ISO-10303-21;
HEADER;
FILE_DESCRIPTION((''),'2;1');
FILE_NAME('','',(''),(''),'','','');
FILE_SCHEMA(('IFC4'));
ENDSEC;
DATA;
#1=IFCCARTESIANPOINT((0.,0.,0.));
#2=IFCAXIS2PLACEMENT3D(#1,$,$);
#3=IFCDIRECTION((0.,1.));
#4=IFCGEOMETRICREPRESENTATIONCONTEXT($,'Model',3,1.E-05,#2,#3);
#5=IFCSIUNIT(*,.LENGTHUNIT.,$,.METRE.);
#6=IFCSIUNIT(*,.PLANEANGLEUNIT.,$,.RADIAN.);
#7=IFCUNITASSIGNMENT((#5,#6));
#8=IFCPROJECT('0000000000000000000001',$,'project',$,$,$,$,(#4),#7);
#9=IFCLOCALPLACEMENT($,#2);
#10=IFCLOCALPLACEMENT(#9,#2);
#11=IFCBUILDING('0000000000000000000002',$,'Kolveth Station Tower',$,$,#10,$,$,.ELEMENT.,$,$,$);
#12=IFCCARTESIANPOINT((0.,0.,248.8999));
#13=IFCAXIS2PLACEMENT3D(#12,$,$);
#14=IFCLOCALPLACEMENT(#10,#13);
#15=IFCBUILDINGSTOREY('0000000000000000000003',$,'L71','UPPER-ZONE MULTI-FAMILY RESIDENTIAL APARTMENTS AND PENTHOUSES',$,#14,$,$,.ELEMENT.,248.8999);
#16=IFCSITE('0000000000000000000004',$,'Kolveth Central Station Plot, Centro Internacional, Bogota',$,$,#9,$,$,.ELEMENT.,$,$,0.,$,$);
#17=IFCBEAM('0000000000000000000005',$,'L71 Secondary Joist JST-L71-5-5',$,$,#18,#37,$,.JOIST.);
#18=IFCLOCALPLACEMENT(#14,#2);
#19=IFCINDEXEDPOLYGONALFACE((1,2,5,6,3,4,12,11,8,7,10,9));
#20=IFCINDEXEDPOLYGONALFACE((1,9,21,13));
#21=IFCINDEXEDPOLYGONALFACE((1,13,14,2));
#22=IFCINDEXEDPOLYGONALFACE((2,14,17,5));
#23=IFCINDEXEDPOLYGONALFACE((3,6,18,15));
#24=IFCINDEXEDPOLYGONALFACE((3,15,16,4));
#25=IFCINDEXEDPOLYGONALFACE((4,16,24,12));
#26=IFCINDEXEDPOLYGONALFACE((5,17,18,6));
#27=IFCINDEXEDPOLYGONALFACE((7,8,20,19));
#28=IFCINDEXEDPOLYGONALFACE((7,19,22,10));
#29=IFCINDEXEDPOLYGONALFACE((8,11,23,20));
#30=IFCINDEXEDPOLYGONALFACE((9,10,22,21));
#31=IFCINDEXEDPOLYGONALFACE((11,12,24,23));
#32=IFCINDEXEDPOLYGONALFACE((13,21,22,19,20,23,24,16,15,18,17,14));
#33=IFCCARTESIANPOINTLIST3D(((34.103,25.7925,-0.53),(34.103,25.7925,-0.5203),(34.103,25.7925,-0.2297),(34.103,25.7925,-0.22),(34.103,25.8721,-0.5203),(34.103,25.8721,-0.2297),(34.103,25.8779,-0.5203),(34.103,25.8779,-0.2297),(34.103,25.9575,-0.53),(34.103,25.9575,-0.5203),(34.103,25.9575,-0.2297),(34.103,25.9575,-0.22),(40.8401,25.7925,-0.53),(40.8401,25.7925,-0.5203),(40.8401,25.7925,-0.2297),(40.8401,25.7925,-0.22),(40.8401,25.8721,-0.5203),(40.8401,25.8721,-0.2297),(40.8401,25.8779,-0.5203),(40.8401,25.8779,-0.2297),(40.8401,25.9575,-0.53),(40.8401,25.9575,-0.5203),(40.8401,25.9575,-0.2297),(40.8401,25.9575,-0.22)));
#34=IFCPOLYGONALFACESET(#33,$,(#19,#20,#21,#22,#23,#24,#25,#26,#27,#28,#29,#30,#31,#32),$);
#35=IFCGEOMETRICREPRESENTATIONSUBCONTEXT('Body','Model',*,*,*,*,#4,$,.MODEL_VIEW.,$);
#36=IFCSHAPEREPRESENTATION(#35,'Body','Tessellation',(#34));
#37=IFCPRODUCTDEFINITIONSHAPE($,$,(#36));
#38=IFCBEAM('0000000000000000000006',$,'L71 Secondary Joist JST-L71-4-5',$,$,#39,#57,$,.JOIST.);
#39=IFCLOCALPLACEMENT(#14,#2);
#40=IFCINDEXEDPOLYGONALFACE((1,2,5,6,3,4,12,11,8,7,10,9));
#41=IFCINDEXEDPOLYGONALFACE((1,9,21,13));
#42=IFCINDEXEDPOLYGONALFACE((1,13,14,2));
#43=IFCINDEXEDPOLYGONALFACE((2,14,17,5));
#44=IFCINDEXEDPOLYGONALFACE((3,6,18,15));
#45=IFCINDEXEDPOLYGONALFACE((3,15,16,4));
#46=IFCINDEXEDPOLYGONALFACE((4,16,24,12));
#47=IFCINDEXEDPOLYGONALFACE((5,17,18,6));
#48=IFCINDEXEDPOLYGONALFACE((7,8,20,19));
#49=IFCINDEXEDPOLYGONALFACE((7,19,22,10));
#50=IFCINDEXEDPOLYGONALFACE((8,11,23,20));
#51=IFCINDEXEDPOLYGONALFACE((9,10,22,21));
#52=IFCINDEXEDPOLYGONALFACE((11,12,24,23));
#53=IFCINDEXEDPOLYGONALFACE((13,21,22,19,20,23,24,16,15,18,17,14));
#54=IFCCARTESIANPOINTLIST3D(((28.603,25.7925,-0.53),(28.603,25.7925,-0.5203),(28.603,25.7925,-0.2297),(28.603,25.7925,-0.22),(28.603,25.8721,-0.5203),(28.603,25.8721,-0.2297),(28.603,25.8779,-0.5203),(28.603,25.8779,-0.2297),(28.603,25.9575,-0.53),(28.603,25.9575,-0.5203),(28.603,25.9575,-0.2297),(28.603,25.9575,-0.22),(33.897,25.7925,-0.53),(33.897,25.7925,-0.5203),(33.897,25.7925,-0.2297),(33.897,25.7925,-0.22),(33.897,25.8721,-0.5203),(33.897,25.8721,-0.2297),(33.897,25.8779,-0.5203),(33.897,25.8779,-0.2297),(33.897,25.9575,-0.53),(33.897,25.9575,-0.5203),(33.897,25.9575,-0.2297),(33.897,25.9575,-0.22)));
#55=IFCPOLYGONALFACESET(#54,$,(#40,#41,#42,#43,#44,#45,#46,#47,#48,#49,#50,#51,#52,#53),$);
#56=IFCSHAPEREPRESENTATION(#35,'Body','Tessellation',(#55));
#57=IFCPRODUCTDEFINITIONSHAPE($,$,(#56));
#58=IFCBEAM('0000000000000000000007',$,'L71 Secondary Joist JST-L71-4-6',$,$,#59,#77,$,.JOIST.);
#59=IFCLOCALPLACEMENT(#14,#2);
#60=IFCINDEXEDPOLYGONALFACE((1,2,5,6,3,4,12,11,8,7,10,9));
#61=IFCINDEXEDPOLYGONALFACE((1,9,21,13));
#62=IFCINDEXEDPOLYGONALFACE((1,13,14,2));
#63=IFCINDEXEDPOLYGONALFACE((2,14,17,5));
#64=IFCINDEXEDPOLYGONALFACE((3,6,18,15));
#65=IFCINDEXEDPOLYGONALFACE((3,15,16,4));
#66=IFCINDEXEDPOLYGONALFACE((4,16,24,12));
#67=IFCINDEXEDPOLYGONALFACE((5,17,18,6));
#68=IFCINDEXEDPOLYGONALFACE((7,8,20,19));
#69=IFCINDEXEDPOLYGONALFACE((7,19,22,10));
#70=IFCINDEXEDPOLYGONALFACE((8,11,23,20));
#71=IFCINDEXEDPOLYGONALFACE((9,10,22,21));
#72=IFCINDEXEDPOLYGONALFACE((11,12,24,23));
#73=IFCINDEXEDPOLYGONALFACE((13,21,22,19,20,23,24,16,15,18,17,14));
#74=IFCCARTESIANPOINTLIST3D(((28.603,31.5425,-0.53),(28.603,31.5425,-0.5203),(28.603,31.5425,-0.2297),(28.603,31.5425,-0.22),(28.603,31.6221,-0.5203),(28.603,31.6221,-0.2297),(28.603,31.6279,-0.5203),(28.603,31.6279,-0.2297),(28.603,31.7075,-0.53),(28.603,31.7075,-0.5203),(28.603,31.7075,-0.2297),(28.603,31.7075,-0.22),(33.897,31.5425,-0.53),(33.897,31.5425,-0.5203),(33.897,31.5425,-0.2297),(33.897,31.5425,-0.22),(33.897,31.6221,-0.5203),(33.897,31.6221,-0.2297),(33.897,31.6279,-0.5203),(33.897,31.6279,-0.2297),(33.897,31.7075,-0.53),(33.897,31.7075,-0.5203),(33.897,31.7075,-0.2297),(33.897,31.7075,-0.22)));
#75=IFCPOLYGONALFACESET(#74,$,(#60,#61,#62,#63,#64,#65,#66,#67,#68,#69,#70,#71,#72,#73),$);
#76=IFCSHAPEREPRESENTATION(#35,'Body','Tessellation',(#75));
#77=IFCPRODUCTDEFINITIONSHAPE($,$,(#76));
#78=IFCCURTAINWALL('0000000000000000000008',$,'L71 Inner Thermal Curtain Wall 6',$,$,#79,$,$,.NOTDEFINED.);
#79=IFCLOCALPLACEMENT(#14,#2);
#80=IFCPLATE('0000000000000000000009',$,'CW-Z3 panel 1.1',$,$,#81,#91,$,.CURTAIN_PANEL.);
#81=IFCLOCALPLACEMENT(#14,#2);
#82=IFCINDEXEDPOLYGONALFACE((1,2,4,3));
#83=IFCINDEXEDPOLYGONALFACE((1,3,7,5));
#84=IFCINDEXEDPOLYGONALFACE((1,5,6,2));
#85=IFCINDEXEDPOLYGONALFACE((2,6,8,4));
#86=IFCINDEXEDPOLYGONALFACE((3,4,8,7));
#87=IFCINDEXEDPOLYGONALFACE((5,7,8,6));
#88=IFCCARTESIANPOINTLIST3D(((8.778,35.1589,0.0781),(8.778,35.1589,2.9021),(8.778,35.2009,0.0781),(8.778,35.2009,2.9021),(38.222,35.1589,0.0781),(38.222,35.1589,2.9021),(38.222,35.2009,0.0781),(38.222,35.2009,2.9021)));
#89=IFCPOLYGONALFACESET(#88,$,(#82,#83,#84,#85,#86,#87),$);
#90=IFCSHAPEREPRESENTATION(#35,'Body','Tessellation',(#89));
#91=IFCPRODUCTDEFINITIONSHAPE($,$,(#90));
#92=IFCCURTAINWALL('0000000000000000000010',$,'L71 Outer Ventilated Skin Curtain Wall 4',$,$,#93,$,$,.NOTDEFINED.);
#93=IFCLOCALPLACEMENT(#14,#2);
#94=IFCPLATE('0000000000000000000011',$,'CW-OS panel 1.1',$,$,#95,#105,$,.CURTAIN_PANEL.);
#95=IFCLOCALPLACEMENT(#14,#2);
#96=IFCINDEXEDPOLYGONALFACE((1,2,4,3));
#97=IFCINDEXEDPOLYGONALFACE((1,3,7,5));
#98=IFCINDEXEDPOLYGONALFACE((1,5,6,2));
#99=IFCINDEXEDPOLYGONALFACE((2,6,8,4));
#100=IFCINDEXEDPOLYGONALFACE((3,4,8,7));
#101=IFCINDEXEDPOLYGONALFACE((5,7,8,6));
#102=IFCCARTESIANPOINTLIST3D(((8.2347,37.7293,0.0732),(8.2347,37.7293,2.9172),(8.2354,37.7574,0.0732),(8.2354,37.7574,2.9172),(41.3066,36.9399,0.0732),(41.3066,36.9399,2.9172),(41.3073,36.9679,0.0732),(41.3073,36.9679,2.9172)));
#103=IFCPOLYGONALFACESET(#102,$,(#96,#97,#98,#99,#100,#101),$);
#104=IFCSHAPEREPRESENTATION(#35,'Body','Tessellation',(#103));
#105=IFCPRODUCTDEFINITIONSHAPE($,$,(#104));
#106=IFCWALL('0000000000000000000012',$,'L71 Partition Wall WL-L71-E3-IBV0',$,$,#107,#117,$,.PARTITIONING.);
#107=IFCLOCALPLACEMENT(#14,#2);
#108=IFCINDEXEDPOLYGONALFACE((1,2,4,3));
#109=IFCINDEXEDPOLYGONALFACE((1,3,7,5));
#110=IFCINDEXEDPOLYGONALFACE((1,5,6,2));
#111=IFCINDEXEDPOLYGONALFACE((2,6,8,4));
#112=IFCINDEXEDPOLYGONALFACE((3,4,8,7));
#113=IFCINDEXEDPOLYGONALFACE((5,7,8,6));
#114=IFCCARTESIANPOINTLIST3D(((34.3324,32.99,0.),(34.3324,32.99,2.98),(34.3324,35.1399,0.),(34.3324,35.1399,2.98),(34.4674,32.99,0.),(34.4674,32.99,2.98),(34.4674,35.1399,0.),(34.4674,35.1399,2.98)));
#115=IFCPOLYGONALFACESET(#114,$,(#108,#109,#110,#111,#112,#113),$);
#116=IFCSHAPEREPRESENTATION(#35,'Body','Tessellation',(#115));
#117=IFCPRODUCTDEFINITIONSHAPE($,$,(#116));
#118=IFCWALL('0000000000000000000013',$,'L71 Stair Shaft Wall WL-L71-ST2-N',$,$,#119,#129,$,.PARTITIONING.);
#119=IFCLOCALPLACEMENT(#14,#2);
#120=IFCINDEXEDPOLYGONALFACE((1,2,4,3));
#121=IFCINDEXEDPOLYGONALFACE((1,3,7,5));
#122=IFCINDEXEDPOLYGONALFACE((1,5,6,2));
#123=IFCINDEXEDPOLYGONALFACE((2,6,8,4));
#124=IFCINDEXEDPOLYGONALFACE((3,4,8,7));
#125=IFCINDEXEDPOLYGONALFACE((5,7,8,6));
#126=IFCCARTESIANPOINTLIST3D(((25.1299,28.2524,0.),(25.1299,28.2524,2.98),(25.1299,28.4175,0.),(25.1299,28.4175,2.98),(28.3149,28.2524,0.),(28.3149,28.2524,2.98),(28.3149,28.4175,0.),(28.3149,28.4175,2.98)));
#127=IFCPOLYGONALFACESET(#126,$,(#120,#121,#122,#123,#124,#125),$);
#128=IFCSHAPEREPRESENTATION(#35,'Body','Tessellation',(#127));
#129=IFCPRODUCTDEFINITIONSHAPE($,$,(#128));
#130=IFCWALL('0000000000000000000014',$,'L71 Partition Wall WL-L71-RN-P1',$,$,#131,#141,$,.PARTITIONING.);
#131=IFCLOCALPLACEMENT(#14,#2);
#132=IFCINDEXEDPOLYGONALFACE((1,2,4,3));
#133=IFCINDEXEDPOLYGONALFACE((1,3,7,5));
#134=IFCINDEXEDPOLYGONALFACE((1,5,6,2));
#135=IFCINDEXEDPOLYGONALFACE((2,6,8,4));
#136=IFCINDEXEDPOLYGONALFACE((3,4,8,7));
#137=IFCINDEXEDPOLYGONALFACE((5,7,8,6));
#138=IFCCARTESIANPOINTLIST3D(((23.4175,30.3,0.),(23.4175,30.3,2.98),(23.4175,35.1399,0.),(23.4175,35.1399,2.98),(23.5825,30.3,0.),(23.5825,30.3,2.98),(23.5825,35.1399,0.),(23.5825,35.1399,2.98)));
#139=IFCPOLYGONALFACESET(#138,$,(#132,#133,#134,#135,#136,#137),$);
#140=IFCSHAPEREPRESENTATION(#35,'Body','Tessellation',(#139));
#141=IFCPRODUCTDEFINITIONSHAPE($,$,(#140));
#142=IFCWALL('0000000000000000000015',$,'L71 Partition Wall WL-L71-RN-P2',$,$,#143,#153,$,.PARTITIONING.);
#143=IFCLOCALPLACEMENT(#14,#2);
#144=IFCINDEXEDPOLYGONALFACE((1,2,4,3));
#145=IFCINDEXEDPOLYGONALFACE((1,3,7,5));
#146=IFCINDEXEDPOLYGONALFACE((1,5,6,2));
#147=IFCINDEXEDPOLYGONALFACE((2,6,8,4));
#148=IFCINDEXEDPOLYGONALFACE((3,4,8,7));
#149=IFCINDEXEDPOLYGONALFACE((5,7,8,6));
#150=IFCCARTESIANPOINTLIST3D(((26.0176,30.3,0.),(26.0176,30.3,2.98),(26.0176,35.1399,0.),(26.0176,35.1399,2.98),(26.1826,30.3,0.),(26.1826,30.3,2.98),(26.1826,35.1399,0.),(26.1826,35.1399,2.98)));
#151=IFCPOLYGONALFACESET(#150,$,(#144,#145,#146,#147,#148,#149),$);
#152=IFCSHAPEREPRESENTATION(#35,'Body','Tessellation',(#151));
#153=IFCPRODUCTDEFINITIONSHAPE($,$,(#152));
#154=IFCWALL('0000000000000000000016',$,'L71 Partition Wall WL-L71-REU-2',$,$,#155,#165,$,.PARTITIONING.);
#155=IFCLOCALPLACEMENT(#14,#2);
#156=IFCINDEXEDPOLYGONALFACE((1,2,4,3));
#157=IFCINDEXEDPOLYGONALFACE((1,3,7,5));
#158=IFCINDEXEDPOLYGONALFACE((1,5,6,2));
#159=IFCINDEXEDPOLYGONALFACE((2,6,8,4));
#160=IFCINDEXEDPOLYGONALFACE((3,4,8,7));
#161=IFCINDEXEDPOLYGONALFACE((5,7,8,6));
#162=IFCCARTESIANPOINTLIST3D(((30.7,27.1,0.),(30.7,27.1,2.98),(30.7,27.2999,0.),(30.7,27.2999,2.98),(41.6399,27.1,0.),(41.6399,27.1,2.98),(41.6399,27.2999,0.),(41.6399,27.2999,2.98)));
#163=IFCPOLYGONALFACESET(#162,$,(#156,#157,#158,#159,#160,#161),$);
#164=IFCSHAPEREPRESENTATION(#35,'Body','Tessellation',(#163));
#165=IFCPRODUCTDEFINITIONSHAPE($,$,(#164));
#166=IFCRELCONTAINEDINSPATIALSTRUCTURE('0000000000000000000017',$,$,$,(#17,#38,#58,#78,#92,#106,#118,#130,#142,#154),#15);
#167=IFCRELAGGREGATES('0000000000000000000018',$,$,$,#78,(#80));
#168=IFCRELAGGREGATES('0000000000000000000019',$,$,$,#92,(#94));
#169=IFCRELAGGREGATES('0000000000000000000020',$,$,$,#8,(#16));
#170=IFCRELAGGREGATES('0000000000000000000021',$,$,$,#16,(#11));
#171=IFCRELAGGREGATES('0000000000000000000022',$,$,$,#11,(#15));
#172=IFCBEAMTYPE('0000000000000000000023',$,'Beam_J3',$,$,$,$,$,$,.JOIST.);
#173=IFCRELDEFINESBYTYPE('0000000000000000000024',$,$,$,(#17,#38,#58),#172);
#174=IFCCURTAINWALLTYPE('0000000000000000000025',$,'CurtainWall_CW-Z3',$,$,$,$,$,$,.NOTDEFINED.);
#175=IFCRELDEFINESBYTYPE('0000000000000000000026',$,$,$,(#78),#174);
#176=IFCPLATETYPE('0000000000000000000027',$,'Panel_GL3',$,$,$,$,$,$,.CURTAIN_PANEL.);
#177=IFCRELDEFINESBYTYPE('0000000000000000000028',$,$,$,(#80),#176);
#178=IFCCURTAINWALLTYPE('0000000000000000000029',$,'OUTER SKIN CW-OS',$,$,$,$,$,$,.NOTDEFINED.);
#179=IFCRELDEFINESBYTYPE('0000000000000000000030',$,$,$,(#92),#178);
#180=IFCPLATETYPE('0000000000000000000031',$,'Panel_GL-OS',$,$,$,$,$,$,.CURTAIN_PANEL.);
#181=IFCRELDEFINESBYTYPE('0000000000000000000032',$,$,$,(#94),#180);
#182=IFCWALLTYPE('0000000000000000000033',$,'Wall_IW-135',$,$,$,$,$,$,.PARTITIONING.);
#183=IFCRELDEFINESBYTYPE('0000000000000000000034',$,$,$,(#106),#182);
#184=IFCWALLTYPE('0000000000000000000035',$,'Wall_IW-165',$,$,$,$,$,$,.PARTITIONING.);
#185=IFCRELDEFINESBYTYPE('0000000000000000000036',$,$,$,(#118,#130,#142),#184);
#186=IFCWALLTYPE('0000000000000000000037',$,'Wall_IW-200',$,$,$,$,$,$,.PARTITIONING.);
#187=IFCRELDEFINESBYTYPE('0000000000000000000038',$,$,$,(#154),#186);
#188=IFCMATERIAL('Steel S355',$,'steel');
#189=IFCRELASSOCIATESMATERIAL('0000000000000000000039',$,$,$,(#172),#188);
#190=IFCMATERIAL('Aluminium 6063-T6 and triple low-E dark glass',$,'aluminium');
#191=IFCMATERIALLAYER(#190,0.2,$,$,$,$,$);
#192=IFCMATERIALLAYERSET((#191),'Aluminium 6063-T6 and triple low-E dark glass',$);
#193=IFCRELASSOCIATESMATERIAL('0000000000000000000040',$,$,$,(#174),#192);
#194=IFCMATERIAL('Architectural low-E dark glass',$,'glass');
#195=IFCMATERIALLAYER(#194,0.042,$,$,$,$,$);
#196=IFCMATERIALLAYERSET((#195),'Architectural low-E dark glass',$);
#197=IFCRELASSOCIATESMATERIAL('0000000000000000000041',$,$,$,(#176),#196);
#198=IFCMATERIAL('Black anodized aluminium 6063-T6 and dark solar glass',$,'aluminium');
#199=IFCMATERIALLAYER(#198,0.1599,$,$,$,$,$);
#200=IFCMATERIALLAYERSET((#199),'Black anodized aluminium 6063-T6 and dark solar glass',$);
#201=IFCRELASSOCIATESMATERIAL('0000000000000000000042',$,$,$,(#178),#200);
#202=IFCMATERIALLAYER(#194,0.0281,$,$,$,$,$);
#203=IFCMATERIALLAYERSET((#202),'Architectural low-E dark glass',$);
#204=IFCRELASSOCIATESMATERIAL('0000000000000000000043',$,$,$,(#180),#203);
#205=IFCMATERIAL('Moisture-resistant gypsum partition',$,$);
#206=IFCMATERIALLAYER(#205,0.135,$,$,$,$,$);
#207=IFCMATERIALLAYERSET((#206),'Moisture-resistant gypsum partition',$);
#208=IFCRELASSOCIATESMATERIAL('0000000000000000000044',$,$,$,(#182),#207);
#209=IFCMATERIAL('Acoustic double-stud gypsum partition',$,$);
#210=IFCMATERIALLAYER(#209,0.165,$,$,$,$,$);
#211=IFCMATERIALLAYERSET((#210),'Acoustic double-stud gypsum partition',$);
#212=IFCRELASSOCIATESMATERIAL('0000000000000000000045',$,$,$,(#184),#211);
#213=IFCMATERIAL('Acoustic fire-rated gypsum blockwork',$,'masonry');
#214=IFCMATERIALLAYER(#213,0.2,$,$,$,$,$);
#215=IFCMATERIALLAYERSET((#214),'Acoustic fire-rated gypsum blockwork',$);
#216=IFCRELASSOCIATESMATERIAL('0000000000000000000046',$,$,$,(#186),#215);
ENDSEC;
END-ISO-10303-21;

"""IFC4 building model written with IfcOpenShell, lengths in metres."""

from ifc_helpers import new_model, si_unit, direction, frame, frame_2d, origin, origin_2d, place, context, subcontext, project, spatial, rectangle, i_section, extrude, source, transform, mapped, material, layer, layer_set, material_profile, profile_set, type_object, element, aggregate, save


model = new_model("IFC4")

# Units and contexts
model_context = context("Model", 3, precision=1e-05, world=origin(), true_north=direction((0.0, 1.0)))
body_context = subcontext(model_context, "Body", "Model", "MODEL_VIEW")
ifc_project = project(units=[si_unit("LENGTHUNIT", "METRE"), si_unit("PLANEANGLEUNIT", "RADIAN")], contexts=[model_context])

# Site, building, storey
site_placement = place(None, origin())
site = spatial("IfcSite", under=ifc_project, at=site_placement, Name="Kolveth Central Station Plot, Centro Internacional, Bogota", CompositionType="ELEMENT", RefElevation=0.0)
building_placement = place(site_placement, origin())
building = spatial("IfcBuilding", under=site, at=building_placement, Name="Kolveth Station Tower", CompositionType="ELEMENT")
storey_placement = place(building_placement, frame((0.0, 0.0, 248.8999)))
storey = spatial("IfcBuildingStorey", under=building, at=storey_placement, Name="L71", Description="UPPER-ZONE MULTI-FAMILY RESIDENTIAL APARTMENTS AND PENTHOUSES", CompositionType="ELEMENT", Elevation=248.8999)

# Shared definitions
ifc_material_1 = material(Name="Steel S355", Category="steel")

# Beams
ifc_material_profile_1 = material_profile(ifc_material_1, i_section(OverallWidth=0.165, OverallDepth=0.3101, WebThickness=0.0059, FlangeThickness=0.0098, at=origin_2d()), Name="W310x39")
ifc_profile_set_1 = profile_set([ifc_material_profile_1], Name="Steel S355")
beam_type_1 = type_object("IfcBeamType", Name="Beam_J3", PredefinedType="JOIST", material=ifc_profile_set_1)
shared_shape_1 = source(origin(), body_context, "Body", "SweptSolid", [
    extrude(i_section(OverallWidth=0.165, OverallDepth=0.3101, WebThickness=0.0059, FlangeThickness=0.0098, at=origin_2d()), origin(), (0.0, 0.0, 1.0), 6.7371),
])
beam_1_placement = place(storey_placement, frame((34.103, 25.875, -0.375), z_axis=(1.0, 0.0, 0.0), x_axis=(0.0, 1.0, 0.0)))
element("IfcBeam", 1, at=beam_1_placement, inside=storey, type_object=beam_type_1, Name="L71 Secondary Joist JST-L71-5-5", PredefinedType="JOIST", context=body_context, shape_type="MappedRepresentation", body=[
    mapped(shared_shape_1, transform((0.0, 0.0, 0.0), x_axis=(1.0, 0.0, 0.0), y_axis=(0.0, 1.0, 0.0), z_axis=(0.0, 0.0, 1.0), scale=1.0)),
])
shared_shape_2 = source(origin(), body_context, "Body", "SweptSolid", [
    extrude(i_section(OverallWidth=0.165, OverallDepth=0.3101, WebThickness=0.0059, FlangeThickness=0.0098, at=origin_2d()), origin(), (0.0, 0.0, 1.0), 5.2939),
])
for number, where, z_axis, x_axis, name in (
    (2, (28.603, 25.875, -0.375), (1.0, 0.0, 0.0), (0.0, 1.0, 0.0), "L71 Secondary Joist JST-L71-4-5"),
    (3, (28.603, 31.625, -0.375), (1.0, 0.0, 0.0), (0.0, 1.0, 0.0), "L71 Secondary Joist JST-L71-4-6"),
):
    element("IfcBeam", number, at=place(storey_placement, frame(where, z_axis=z_axis, x_axis=x_axis)), inside=storey, type_object=beam_type_1, Name=name, PredefinedType="JOIST", context=body_context, shape_type="MappedRepresentation", body=[
        mapped(shared_shape_2, transform((0.0, 0.0, 0.0), x_axis=(1.0, 0.0, 0.0), y_axis=(0.0, 1.0, 0.0), z_axis=(0.0, 0.0, 1.0), scale=1.0)),
    ])

# Curtain walls, plates
ifc_material_2 = material(Name="Aluminium 6063-T6 and triple low-E dark glass", Category="aluminium")
ifc_layer_1 = layer(ifc_material_2, 0.2)
ifc_layer_set_1 = layer_set([ifc_layer_1], Name="Aluminium 6063-T6 and triple low-E dark glass")
curtain_wall_type_1 = type_object("IfcCurtainWallType", Name="CurtainWall_CW-Z3", PredefinedType="NOTDEFINED", material=ifc_layer_set_1)
curtain_wall_1_placement = place(storey_placement, origin())
curtain_wall_1 = element("IfcCurtainWall", 4, at=curtain_wall_1_placement, inside=storey, type_object=curtain_wall_type_1, Name="L71 Inner Thermal Curtain Wall 6", PredefinedType="NOTDEFINED")
ifc_material_3 = material(Name="Architectural low-E dark glass", Category="glass")
ifc_layer_2 = layer(ifc_material_3, 0.042)
ifc_layer_set_2 = layer_set([ifc_layer_2], Name="Architectural low-E dark glass")
plate_type_1 = type_object("IfcPlateType", Name="Panel_GL3", PredefinedType="CURTAIN_PANEL", material=ifc_layer_set_2)
shared_shape_3 = source(origin(), body_context, "Body", "SweptSolid", [
    extrude(rectangle(XDim=29.4441, YDim=0.042, at=origin_2d()), origin(), (0.0, 0.0, 1.0), 2.824),
])
plate_1_placement = place(storey_placement, frame((23.5, 35.1799, 0.0781), z_axis=(0.0, 0.0, 1.0), x_axis=(-1.0, 0.0, 0.0)))
plate_1 = element("IfcPlate", 5, at=plate_1_placement, type_object=plate_type_1, Name="CW-Z3 panel 1.1", PredefinedType="CURTAIN_PANEL", context=body_context, shape_type="MappedRepresentation", body=[
    mapped(shared_shape_3, transform((0.0, 0.0, 0.0), x_axis=(1.0, 0.0, 0.0), y_axis=(0.0, 1.0, 0.0), z_axis=(0.0, 0.0, 1.0), scale=1.0)),
])
aggregate(curtain_wall_1, [plate_1])
ifc_material_4 = material(Name="Black anodized aluminium 6063-T6 and dark solar glass", Category="aluminium")
ifc_layer_3 = layer(ifc_material_4, 0.1599)
ifc_layer_set_3 = layer_set([ifc_layer_3], Name="Black anodized aluminium 6063-T6 and dark solar glass")
curtain_wall_type_2 = type_object("IfcCurtainWallType", Name="OUTER SKIN CW-OS", PredefinedType="NOTDEFINED", material=ifc_layer_set_3)
curtain_wall_2_placement = place(storey_placement, origin())
curtain_wall_2 = element("IfcCurtainWall", 6, at=curtain_wall_2_placement, inside=storey, type_object=curtain_wall_type_2, Name="L71 Outer Ventilated Skin Curtain Wall 4", PredefinedType="NOTDEFINED")
ifc_layer_4 = layer(ifc_material_3, 0.0281)
ifc_layer_set_4 = layer_set([ifc_layer_4], Name="Architectural low-E dark glass")
plate_type_2 = type_object("IfcPlateType", Name="Panel_GL-OS", PredefinedType="CURTAIN_PANEL", material=ifc_layer_set_4)
shared_shape_4 = source(origin(), body_context, "Body", "SweptSolid", [
    extrude(rectangle(XDim=33.0813, YDim=0.0281, at=origin_2d()), origin(), (0.0, 0.0, 1.0), 2.844),
])
plate_2_placement = place(storey_placement, frame((24.771, 37.3486, 0.0732), z_axis=(0.0, 0.0, 1.0), x_axis=(-0.999715, 0.023864, 0.0)))
plate_2 = element("IfcPlate", 7, at=plate_2_placement, type_object=plate_type_2, Name="CW-OS panel 1.1", PredefinedType="CURTAIN_PANEL", context=body_context, shape_type="MappedRepresentation", body=[
    mapped(shared_shape_4, transform((0.0, 0.0, 0.0), x_axis=(1.0, 0.0, 0.0), y_axis=(0.0, 1.0, 0.0), z_axis=(0.0, 0.0, 1.0), scale=1.0)),
])
aggregate(curtain_wall_2, [plate_2])

# Shared definitions
ifc_material_5 = material(Name="Moisture-resistant gypsum partition")
ifc_layer_5 = layer(ifc_material_5, 0.135)
ifc_layer_set_5 = layer_set([ifc_layer_5], Name="Moisture-resistant gypsum partition")
wall_type_1 = type_object("IfcWallType", Name="Wall_IW-135", PredefinedType="PARTITIONING", material=ifc_layer_set_5)

# Walls
wall_1_placement = place(storey_placement, frame((34.3999, 32.99, 0.0), z_axis=(0.0, 0.0, 1.0), x_axis=(0.0, 1.0, 0.0)))
element("IfcWall", 8, at=wall_1_placement, inside=storey, type_object=wall_type_1, Name="L71 Partition Wall WL-L71-E3-IBV0", PredefinedType="PARTITIONING", context=body_context, shape_type="SweptSolid", body=[
    extrude(rectangle(XDim=2.1499, YDim=0.135, at=frame_2d((1.075, 0.0))), origin(), (0.0, 0.0, 1.0), 2.98),
])
ifc_material_6 = material(Name="Acoustic double-stud gypsum partition")
ifc_layer_6 = layer(ifc_material_6, 0.165)
ifc_layer_set_6 = layer_set([ifc_layer_6], Name="Acoustic double-stud gypsum partition")
wall_type_2 = type_object("IfcWallType", Name="Wall_IW-165", PredefinedType="PARTITIONING", material=ifc_layer_set_6)
wall_2_placement = place(storey_placement, frame((25.1299, 28.335, 0.0), z_axis=(0.0, 0.0, 1.0), x_axis=(1.0, 0.0, 0.0)))
element("IfcWall", 9, at=wall_2_placement, inside=storey, type_object=wall_type_2, Name="L71 Stair Shaft Wall WL-L71-ST2-N", PredefinedType="PARTITIONING", context=body_context, shape_type="SweptSolid", body=[
    extrude(rectangle(XDim=3.1851, YDim=0.165, at=frame_2d((1.5925, 0.0))), origin(), (0.0, 0.0, 1.0), 2.98),
])
for number, where, z_axis, x_axis, name in (
    (10, (23.5, 30.3, 0.0), (0.0, 0.0, 1.0), (0.0, 1.0, 0.0), "L71 Partition Wall WL-L71-RN-P1"),
    (11, (26.1001, 30.3, 0.0), (0.0, 0.0, 1.0), (0.0, 1.0, 0.0), "L71 Partition Wall WL-L71-RN-P2"),
):
    element("IfcWall", number, at=place(storey_placement, frame(where, z_axis=z_axis, x_axis=x_axis)), inside=storey, type_object=wall_type_2, Name=name, PredefinedType="PARTITIONING", context=body_context, shape_type="SweptSolid", body=[
        extrude(rectangle(XDim=4.8398, YDim=0.165, at=frame_2d((2.4199, 0.0))), origin(), (0.0, 0.0, 1.0), 2.98),
    ])
ifc_material_7 = material(Name="Acoustic fire-rated gypsum blockwork", Category="masonry")
ifc_layer_7 = layer(ifc_material_7, 0.2)
ifc_layer_set_7 = layer_set([ifc_layer_7], Name="Acoustic fire-rated gypsum blockwork")
wall_type_3 = type_object("IfcWallType", Name="Wall_IW-200", PredefinedType="PARTITIONING", material=ifc_layer_set_7)
wall_3_placement = place(storey_placement, frame((30.7, 27.2, 0.0), z_axis=(0.0, 0.0, 1.0), x_axis=(1.0, 0.0, 0.0)))
element("IfcWall", 12, at=wall_3_placement, inside=storey, type_object=wall_type_3, Name="L71 Partition Wall WL-L71-REU-2", PredefinedType="PARTITIONING", context=body_context, shape_type="SweptSolid", body=[
    extrude(rectangle(XDim=10.9399, YDim=0.2, at=frame_2d((5.47, 0.0))), origin(), (0.0, 0.0, 1.0), 2.98),
])

save(model, "model.ifc")
